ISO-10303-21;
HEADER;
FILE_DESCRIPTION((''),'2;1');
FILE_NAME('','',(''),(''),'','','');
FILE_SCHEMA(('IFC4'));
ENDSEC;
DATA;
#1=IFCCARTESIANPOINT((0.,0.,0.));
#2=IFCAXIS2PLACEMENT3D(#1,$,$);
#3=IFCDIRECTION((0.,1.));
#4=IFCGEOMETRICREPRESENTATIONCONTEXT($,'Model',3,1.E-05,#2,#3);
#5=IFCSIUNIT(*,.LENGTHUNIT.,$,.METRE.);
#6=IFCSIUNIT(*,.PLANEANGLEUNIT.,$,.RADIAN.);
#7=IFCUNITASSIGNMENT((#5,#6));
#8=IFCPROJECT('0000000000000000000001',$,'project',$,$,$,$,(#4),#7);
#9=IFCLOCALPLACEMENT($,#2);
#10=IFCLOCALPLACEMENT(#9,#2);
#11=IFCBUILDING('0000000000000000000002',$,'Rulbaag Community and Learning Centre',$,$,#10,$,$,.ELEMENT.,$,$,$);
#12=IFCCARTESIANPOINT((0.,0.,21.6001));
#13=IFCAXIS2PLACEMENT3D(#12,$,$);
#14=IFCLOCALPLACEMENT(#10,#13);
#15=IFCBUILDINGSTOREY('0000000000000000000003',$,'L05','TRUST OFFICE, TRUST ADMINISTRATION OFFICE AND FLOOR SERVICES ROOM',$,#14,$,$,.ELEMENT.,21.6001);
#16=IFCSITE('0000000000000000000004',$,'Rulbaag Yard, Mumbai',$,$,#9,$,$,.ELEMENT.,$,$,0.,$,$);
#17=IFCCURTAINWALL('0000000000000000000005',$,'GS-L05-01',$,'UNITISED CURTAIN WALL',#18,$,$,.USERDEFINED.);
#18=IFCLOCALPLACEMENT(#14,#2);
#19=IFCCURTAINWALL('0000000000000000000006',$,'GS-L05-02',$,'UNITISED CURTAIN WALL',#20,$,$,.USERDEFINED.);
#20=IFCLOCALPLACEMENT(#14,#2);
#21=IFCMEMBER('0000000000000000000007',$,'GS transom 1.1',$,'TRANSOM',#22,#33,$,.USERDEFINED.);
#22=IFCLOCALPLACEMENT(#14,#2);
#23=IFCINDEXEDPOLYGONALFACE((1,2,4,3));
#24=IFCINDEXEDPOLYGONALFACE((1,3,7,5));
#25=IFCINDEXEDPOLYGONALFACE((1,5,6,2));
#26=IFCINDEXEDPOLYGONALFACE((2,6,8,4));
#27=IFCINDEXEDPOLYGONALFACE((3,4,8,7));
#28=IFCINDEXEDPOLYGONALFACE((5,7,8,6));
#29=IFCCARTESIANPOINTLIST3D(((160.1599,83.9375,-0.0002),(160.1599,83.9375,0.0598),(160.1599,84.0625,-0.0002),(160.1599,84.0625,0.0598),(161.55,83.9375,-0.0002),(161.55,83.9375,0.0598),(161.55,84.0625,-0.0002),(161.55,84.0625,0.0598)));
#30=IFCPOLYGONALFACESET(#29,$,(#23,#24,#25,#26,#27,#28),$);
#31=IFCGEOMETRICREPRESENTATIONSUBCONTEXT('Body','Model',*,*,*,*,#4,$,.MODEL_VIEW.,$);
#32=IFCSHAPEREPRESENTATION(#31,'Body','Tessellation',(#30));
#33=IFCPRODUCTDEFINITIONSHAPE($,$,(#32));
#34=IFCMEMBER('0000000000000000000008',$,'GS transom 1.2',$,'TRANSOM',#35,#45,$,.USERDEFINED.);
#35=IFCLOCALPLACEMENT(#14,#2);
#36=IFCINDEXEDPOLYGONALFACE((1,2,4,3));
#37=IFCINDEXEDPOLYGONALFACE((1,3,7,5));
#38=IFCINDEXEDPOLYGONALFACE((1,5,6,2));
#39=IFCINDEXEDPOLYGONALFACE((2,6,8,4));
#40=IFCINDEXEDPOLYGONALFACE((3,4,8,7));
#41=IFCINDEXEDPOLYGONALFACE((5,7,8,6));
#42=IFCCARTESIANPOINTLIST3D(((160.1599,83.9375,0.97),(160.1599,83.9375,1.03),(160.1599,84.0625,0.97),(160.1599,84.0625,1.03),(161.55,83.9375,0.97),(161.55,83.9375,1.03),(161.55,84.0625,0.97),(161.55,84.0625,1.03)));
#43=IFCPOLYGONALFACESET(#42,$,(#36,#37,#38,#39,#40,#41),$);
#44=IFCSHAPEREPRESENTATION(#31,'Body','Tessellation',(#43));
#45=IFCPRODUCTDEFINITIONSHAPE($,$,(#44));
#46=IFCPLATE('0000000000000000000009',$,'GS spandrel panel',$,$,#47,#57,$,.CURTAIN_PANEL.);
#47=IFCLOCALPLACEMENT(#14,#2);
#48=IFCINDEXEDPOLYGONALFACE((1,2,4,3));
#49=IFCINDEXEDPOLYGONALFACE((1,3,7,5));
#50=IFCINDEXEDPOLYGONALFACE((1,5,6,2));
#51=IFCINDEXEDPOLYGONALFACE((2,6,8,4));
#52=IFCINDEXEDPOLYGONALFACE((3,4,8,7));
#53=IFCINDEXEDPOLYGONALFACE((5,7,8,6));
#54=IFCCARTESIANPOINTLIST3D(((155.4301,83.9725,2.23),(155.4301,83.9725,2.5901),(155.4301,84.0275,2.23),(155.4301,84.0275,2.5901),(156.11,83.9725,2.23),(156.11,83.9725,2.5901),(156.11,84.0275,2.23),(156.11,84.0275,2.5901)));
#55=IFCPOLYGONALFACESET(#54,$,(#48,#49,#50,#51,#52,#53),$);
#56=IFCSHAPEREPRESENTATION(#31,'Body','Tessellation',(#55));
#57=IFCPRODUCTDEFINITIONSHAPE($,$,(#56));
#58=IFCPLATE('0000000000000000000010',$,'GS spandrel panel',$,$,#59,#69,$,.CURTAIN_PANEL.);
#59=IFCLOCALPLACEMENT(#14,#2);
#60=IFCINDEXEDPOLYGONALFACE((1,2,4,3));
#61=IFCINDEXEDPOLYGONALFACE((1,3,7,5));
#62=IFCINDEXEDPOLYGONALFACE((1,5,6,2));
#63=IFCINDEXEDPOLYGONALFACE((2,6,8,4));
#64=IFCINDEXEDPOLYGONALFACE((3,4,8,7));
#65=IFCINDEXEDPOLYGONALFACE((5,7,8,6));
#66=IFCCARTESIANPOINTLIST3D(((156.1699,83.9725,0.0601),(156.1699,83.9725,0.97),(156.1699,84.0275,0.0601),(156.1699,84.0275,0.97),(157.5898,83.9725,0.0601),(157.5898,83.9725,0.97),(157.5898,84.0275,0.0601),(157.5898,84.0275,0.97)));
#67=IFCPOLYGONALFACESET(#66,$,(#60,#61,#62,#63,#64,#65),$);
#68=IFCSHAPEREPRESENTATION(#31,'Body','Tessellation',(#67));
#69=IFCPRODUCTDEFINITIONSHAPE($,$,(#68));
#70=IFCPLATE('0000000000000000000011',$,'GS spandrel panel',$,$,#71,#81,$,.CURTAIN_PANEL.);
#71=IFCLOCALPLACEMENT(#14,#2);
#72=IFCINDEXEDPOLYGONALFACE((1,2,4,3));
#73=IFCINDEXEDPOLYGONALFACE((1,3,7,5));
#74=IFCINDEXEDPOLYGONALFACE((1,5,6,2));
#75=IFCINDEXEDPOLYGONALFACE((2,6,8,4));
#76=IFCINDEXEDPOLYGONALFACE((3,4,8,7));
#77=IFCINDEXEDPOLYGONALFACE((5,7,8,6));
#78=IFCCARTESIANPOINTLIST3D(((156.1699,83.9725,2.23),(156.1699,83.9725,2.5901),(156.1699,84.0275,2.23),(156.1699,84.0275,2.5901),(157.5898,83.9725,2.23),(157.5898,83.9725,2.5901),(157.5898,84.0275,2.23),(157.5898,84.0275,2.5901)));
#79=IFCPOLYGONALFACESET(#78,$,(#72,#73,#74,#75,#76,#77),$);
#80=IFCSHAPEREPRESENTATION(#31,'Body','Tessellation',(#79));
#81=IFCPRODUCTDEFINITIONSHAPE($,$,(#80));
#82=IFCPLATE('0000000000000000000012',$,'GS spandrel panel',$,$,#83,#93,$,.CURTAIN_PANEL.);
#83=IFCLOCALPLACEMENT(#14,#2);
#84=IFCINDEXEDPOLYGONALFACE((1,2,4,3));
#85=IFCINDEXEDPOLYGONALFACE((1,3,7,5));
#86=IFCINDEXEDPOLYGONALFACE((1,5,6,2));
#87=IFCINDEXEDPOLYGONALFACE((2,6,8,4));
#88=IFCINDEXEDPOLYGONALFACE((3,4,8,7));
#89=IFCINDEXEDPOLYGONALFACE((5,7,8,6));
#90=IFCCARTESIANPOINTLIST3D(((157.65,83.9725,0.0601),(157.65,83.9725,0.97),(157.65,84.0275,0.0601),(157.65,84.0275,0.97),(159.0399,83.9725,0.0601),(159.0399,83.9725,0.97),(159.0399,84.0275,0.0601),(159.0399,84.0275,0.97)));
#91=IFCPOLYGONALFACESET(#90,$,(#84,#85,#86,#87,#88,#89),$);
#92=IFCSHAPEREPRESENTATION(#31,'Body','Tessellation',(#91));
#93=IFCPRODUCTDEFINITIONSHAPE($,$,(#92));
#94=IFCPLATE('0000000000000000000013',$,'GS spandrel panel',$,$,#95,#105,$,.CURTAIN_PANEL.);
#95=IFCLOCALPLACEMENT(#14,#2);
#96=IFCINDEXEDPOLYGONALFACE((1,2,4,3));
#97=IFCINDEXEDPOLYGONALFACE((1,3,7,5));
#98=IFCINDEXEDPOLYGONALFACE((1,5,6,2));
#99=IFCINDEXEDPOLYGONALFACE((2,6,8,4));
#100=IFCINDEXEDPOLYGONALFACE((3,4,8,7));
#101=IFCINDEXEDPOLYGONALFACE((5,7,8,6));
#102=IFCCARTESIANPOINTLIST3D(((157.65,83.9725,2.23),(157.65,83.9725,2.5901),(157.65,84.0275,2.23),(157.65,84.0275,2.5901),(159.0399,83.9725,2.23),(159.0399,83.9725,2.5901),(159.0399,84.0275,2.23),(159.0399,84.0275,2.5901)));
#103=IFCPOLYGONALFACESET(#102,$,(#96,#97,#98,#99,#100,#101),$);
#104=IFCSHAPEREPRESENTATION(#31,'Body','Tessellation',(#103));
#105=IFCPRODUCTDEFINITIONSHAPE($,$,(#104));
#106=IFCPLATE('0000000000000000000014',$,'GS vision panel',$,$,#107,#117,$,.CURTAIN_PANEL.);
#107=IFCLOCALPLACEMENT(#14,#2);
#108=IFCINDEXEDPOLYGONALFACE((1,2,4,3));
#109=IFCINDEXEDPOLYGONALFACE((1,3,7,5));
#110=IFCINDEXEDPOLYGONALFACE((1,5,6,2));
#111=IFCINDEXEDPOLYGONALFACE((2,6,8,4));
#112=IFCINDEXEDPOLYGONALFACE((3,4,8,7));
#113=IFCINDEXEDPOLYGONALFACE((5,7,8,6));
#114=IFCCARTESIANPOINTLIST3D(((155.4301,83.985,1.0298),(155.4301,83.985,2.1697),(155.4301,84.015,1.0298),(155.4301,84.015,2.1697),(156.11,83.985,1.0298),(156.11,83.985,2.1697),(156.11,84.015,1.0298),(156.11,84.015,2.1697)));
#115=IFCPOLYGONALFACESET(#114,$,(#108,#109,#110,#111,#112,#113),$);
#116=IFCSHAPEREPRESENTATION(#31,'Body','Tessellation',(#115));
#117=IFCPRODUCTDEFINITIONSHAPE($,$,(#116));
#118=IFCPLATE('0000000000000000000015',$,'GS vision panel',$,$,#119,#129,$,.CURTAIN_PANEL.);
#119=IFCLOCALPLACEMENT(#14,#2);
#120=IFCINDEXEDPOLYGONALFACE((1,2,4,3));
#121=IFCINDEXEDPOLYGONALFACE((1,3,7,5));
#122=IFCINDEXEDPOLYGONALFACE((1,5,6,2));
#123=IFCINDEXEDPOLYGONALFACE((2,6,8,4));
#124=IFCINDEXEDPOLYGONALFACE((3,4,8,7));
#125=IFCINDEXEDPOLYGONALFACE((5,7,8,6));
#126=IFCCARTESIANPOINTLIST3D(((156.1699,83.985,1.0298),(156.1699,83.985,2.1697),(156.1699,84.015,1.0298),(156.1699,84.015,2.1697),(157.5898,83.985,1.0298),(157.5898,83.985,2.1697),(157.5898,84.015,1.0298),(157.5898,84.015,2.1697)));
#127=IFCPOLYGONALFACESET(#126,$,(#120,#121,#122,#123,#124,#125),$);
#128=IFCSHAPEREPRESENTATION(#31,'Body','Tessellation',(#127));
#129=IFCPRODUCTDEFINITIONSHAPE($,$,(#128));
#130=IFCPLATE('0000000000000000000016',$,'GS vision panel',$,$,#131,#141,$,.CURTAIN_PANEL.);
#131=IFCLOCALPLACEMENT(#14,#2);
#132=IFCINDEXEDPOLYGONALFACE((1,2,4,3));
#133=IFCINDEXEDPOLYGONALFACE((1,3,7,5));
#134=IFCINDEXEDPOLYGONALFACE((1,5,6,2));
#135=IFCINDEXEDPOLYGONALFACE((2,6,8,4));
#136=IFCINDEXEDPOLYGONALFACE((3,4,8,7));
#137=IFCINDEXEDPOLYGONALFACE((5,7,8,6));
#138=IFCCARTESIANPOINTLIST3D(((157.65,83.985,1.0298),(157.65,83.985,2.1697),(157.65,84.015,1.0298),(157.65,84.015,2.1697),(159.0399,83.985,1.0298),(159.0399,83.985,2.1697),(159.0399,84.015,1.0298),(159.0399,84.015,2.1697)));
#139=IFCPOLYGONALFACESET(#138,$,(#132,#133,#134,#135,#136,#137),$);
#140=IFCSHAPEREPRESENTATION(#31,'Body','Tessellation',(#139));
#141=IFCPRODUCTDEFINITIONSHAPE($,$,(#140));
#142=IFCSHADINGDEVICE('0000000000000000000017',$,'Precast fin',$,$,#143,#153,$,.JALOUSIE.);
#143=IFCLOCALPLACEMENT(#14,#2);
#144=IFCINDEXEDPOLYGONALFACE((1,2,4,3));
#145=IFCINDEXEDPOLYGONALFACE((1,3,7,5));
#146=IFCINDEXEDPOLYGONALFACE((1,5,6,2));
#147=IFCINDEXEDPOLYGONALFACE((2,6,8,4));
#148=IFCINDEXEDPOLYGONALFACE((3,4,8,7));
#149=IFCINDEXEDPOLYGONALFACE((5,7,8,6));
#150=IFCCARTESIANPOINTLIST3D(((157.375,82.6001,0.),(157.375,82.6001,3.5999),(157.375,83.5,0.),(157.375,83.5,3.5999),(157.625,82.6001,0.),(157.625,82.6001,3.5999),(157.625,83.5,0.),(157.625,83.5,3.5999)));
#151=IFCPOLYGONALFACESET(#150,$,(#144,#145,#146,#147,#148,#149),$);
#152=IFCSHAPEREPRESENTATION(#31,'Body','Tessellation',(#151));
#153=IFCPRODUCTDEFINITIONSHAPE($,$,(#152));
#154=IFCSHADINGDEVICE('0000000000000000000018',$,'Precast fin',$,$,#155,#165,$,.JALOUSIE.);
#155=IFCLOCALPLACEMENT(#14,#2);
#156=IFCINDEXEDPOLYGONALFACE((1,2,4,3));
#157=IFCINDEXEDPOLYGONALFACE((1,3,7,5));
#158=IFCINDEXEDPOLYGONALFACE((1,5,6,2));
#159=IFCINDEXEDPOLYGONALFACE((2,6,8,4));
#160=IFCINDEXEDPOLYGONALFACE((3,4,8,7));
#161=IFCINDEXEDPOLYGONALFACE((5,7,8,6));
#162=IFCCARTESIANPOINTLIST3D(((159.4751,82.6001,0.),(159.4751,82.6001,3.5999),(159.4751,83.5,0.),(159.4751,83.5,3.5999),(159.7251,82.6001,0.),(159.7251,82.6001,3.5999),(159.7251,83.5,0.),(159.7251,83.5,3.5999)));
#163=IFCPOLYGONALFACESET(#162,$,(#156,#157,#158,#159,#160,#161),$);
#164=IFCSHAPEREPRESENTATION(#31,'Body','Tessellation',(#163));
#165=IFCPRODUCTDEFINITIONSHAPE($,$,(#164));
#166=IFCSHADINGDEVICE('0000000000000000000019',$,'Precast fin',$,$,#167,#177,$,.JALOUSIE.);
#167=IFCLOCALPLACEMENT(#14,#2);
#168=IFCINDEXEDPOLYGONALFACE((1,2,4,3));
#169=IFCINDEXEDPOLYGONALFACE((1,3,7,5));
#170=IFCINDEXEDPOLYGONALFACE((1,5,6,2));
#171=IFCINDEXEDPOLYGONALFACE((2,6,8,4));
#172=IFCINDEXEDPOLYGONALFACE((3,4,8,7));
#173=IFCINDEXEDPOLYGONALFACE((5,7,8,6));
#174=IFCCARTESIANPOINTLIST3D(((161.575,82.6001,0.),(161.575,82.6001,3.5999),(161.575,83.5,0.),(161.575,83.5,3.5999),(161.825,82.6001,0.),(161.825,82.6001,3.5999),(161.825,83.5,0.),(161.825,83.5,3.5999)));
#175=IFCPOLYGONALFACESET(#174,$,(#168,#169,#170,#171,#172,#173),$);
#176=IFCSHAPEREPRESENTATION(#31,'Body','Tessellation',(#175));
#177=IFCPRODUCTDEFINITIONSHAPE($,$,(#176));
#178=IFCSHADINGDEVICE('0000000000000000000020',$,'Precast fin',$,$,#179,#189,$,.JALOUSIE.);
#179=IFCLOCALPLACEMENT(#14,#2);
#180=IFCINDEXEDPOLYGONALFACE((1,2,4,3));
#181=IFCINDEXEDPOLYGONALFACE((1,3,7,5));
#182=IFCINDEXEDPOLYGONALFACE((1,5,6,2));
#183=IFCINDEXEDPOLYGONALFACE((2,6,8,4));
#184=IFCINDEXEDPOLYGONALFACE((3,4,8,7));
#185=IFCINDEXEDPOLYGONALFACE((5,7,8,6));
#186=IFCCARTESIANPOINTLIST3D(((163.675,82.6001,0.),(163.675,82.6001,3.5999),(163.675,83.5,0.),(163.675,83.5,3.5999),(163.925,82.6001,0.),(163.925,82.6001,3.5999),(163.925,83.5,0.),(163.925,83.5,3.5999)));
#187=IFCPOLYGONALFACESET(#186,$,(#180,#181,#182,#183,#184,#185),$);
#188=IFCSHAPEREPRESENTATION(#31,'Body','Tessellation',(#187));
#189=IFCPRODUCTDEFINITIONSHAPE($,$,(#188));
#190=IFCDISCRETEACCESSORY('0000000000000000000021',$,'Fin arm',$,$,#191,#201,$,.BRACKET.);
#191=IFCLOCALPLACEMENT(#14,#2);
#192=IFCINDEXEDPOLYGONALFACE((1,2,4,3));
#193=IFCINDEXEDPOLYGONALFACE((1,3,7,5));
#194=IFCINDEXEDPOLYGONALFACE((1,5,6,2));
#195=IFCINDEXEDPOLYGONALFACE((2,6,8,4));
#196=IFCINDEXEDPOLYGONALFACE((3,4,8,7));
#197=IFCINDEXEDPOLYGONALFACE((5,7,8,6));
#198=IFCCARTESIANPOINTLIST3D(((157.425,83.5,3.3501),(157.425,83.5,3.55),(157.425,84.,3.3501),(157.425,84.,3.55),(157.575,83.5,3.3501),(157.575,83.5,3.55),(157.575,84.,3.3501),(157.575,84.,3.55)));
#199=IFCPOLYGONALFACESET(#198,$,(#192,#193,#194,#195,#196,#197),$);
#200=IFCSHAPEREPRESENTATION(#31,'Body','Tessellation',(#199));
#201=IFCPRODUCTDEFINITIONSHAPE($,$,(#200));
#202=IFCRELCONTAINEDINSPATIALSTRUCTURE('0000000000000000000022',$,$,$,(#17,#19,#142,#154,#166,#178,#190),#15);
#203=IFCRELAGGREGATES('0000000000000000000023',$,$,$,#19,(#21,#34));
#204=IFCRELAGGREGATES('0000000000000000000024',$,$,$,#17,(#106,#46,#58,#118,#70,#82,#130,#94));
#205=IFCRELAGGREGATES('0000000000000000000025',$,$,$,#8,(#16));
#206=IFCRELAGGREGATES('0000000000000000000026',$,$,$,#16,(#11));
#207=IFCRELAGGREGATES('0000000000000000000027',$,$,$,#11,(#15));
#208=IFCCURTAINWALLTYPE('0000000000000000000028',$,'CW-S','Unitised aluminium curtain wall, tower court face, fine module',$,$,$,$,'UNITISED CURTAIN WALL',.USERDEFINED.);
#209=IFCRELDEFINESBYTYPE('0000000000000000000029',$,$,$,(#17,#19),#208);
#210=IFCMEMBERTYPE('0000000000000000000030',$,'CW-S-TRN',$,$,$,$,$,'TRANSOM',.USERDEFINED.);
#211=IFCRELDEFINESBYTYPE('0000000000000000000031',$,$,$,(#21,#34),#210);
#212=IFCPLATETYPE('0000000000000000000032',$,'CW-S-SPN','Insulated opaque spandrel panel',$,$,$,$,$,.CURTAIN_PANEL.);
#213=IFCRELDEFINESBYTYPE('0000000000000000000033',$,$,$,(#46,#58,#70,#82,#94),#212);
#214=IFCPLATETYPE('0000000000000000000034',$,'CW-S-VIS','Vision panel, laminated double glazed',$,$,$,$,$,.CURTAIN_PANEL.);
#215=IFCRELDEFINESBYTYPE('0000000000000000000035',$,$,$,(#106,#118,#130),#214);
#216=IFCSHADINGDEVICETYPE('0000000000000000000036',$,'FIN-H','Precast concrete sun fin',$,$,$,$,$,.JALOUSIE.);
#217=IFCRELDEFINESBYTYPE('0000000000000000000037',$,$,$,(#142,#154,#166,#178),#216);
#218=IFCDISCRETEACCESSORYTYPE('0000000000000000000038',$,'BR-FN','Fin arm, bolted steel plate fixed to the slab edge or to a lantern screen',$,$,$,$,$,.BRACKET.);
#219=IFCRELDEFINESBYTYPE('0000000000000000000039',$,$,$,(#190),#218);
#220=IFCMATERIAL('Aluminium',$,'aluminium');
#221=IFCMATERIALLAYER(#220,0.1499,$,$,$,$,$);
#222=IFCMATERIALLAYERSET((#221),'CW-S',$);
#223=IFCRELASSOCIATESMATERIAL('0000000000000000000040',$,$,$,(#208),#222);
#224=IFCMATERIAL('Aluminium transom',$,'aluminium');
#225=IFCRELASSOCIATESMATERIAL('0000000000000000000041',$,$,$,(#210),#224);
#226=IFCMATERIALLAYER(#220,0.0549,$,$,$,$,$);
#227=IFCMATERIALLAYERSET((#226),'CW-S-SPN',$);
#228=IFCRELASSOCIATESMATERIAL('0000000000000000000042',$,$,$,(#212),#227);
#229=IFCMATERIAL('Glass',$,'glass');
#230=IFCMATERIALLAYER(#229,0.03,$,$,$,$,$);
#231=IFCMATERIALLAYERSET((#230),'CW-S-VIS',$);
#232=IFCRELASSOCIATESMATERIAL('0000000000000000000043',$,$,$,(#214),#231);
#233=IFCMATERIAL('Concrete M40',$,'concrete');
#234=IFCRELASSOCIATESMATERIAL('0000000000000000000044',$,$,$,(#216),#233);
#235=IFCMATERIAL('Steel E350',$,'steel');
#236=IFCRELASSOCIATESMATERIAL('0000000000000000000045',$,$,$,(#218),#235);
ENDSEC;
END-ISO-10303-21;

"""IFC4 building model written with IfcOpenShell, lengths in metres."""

from ifc_helpers import new_model, si_unit, direction, frame, origin, origin_2d, place, context, subcontext, project, spatial, rectangle, extrude, material, layer, layer_set, material_profile, profile_set, type_object, element, aggregate, save


model = new_model("IFC4")

# Units and contexts
model_context = context("Model", 3, precision=1e-05, world=origin(), true_north=direction((0.0, 1.0)))
body_context = subcontext(model_context, "Body", "Model", "MODEL_VIEW")
ifc_project = project(units=[si_unit("LENGTHUNIT", "METRE"), si_unit("PLANEANGLEUNIT", "RADIAN")], contexts=[model_context])

# Site, building, storey
site_placement = place(None, origin())
site = spatial("IfcSite", under=ifc_project, at=site_placement, Name="Rulbaag Yard, Mumbai", CompositionType="ELEMENT", RefElevation=0.0)
building_placement = place(site_placement, origin())
building = spatial("IfcBuilding", under=site, at=building_placement, Name="Rulbaag Community and Learning Centre", CompositionType="ELEMENT")
storey_placement = place(building_placement, frame((0.0, 0.0, 21.6001)))
storey = spatial("IfcBuildingStorey", under=building, at=storey_placement, Name="L05", Description="TRUST OFFICE, TRUST ADMINISTRATION OFFICE AND FLOOR SERVICES ROOM", CompositionType="ELEMENT", Elevation=21.6001)

# Shared definitions
ifc_material_1 = material(Name="Concrete M40", Category="concrete")

# Curtain wall
ifc_material_2 = material(Name="Aluminium", Category="aluminium")
ifc_layer_1 = layer(ifc_material_2, 0.1499)
ifc_layer_set_1 = layer_set([ifc_layer_1], Name="CW-S")
curtain_wall_type = type_object("IfcCurtainWallType", Name="CW-S", Description="Unitised aluminium curtain wall, tower court face, fine module", ElementType="UNITISED CURTAIN WALL", PredefinedType="USERDEFINED", material=ifc_layer_set_1)
curtain_wall_1_placement = place(storey_placement, origin())
curtain_wall_1 = element("IfcCurtainWall", 1, at=curtain_wall_1_placement, inside=storey, type_object=curtain_wall_type, Name="GS-L05-01", ObjectType="UNITISED CURTAIN WALL", PredefinedType="USERDEFINED")

# Curtain wall
curtain_wall_2_placement = place(storey_placement, origin())
curtain_wall_2 = element("IfcCurtainWall", 2, at=curtain_wall_2_placement, inside=storey, type_object=curtain_wall_type, Name="GS-L05-02", ObjectType="UNITISED CURTAIN WALL", PredefinedType="USERDEFINED")

# Members
ifc_material_3 = material(Name="Aluminium transom", Category="aluminium")
ifc_material_profile_1 = material_profile(ifc_material_3, rectangle(XDim=0.125, YDim=0.0601, at=origin_2d()), Name="AL 60x125 T")
ifc_profile_set_1 = profile_set([ifc_material_profile_1], Name="Aluminium transom")
member_type_1 = type_object("IfcMemberType", Name="CW-S-TRN", ElementType="TRANSOM", PredefinedType="USERDEFINED", material=ifc_profile_set_1)
member_1_placement = place(storey_placement, frame((160.1599, 84.0, 0.0298), z_axis=(1.0, 0.0, 0.0), x_axis=(0.0, 1.0, 0.0)))
member_1 = element("IfcMember", 3, at=member_1_placement, type_object=member_type_1, Name="GS transom 1.1", ObjectType="TRANSOM", PredefinedType="USERDEFINED", context=body_context, shape_type="SweptSolid", body=[
    extrude(rectangle(XDim=0.125, YDim=0.0601, at=origin_2d()), origin(), (0.0, 0.0, 1.0), 1.3901),
])
member_2_placement = place(storey_placement, frame((160.1599, 84.0, 1.0), z_axis=(1.0, 0.0, 0.0), x_axis=(0.0, 1.0, 0.0)))
member_2 = element("IfcMember", 4, at=member_2_placement, type_object=member_type_1, Name="GS transom 1.2", ObjectType="TRANSOM", PredefinedType="USERDEFINED", context=body_context, shape_type="SweptSolid", body=[
    extrude(rectangle(XDim=0.125, YDim=0.0601, at=origin_2d()), origin(), (0.0, 0.0, 1.0), 1.3901),
])
aggregate(curtain_wall_2, [member_1, member_2])

# Plates
ifc_layer_2 = layer(ifc_material_2, 0.0549)
ifc_layer_set_2 = layer_set([ifc_layer_2], Name="CW-S-SPN")
plate_type_1 = type_object("IfcPlateType", Name="CW-S-SPN", Description="Insulated opaque spandrel panel", PredefinedType="CURTAIN_PANEL", material=ifc_layer_set_2)
plate_1_placement = place(storey_placement, frame((155.77, 84.0, 2.23), z_axis=(0.0, 0.0, 1.0), x_axis=(1.0, 0.0, 0.0)))
plate_1 = element("IfcPlate", 5, at=plate_1_placement, type_object=plate_type_1, Name="GS spandrel panel", PredefinedType="CURTAIN_PANEL", context=body_context, shape_type="SweptSolid", body=[
    extrude(rectangle(XDim=0.6799, YDim=0.0549, at=origin_2d()), origin(), (0.0, 0.0, 1.0), 0.3601),
])
plate_2_placement = place(storey_placement, frame((156.8799, 84.0, 0.0601), z_axis=(0.0, 0.0, 1.0), x_axis=(1.0, 0.0, 0.0)))
plate_2 = element("IfcPlate", 6, at=plate_2_placement, type_object=plate_type_1, Name="GS spandrel panel", PredefinedType="CURTAIN_PANEL", context=body_context, shape_type="SweptSolid", body=[
    extrude(rectangle(XDim=1.4199, YDim=0.0549, at=origin_2d()), origin(), (0.0, 0.0, 1.0), 0.9099),
])
plate_3_placement = place(storey_placement, frame((156.8799, 84.0, 2.23), z_axis=(0.0, 0.0, 1.0), x_axis=(1.0, 0.0, 0.0)))
plate_3 = element("IfcPlate", 7, at=plate_3_placement, type_object=plate_type_1, Name="GS spandrel panel", PredefinedType="CURTAIN_PANEL", context=body_context, shape_type="SweptSolid", body=[
    extrude(rectangle(XDim=1.4199, YDim=0.0549, at=origin_2d()), origin(), (0.0, 0.0, 1.0), 0.3601),
])
plate_4_placement = place(storey_placement, frame((158.345, 84.0, 0.0601), z_axis=(0.0, 0.0, 1.0), x_axis=(1.0, 0.0, 0.0)))
plate_4 = element("IfcPlate", 8, at=plate_4_placement, type_object=plate_type_1, Name="GS spandrel panel", PredefinedType="CURTAIN_PANEL", context=body_context, shape_type="SweptSolid", body=[
    extrude(rectangle(XDim=1.3899, YDim=0.0549, at=origin_2d()), origin(), (0.0, 0.0, 1.0), 0.9099),
])
plate_5_placement = place(storey_placement, frame((158.345, 84.0, 2.23), z_axis=(0.0, 0.0, 1.0), x_axis=(1.0, 0.0, 0.0)))
plate_5 = element("IfcPlate", 9, at=plate_5_placement, type_object=plate_type_1, Name="GS spandrel panel", PredefinedType="CURTAIN_PANEL", context=body_context, shape_type="SweptSolid", body=[
    extrude(rectangle(XDim=1.3899, YDim=0.0549, at=origin_2d()), origin(), (0.0, 0.0, 1.0), 0.3601),
])
ifc_material_4 = material(Name="Glass", Category="glass")
ifc_layer_3 = layer(ifc_material_4, 0.03)
ifc_layer_set_3 = layer_set([ifc_layer_3], Name="CW-S-VIS")
plate_type_2 = type_object("IfcPlateType", Name="CW-S-VIS", Description="Vision panel, laminated double glazed", PredefinedType="CURTAIN_PANEL", material=ifc_layer_set_3)
plate_6_placement = place(storey_placement, frame((155.77, 84.0, 1.0298), z_axis=(0.0, 0.0, 1.0), x_axis=(1.0, 0.0, 0.0)))
plate_6 = element("IfcPlate", 10, at=plate_6_placement, type_object=plate_type_2, Name="GS vision panel", PredefinedType="CURTAIN_PANEL", context=body_context, shape_type="SweptSolid", body=[
    extrude(rectangle(XDim=0.6799, YDim=0.03, at=origin_2d()), origin(), (0.0, 0.0, 1.0), 1.1399),
])
plate_7_placement = place(storey_placement, frame((156.8799, 84.0, 1.0298), z_axis=(0.0, 0.0, 1.0), x_axis=(1.0, 0.0, 0.0)))
plate_7 = element("IfcPlate", 11, at=plate_7_placement, type_object=plate_type_2, Name="GS vision panel", PredefinedType="CURTAIN_PANEL", context=body_context, shape_type="SweptSolid", body=[
    extrude(rectangle(XDim=1.4199, YDim=0.03, at=origin_2d()), origin(), (0.0, 0.0, 1.0), 1.1399),
])
plate_8_placement = place(storey_placement, frame((158.345, 84.0, 1.0298), z_axis=(0.0, 0.0, 1.0), x_axis=(1.0, 0.0, 0.0)))
plate_8 = element("IfcPlate", 12, at=plate_8_placement, type_object=plate_type_2, Name="GS vision panel", PredefinedType="CURTAIN_PANEL", context=body_context, shape_type="SweptSolid", body=[
    extrude(rectangle(XDim=1.3899, YDim=0.03, at=origin_2d()), origin(), (0.0, 0.0, 1.0), 1.1399),
])
aggregate(curtain_wall_1, [plate_6, plate_1, plate_2, plate_7, plate_3, plate_4, plate_8, plate_5])

# Shading devices
ifc_material_profile_2 = material_profile(ifc_material_1, rectangle(XDim=0.25, YDim=0.8999, at=origin_2d()), Name="PC 250x900")
ifc_profile_set_2 = profile_set([ifc_material_profile_2], Name="Concrete M40")
shading_device_type = type_object("IfcShadingDeviceType", Name="FIN-H", Description="Precast concrete sun fin", PredefinedType="JALOUSIE", material=ifc_profile_set_2)
for number, where, z_axis, x_axis, name in (
    (13, (157.5, 83.05, 0.0), (0.0, 0.0, 1.0), (1.0, 0.0, 0.0), "Precast fin"),
    (14, (159.6001, 83.05, 0.0), (0.0, 0.0, 1.0), (1.0, 0.0, 0.0), "Precast fin"),
    (15, (161.7, 83.05, 0.0), (0.0, 0.0, 1.0), (1.0, 0.0, 0.0), "Precast fin"),
    (16, (163.8, 83.05, 0.0), (0.0, 0.0, 1.0), (1.0, 0.0, 0.0), "Precast fin"),
):
    element("IfcShadingDevice", number, at=place(storey_placement, frame(where, z_axis=z_axis, x_axis=x_axis)), inside=storey, type_object=shading_device_type, Name=name, PredefinedType="JALOUSIE", context=body_context, shape_type="SweptSolid", body=[
        extrude(rectangle(XDim=0.25, YDim=0.8999, at=origin_2d()), origin(), (0.0, 0.0, 1.0), 3.5999),
    ])

# Discrete accessory
ifc_material_5 = material(Name="Steel E350", Category="steel")
discrete_accessory_type = type_object("IfcDiscreteAccessoryType", Name="BR-FN", Description="Fin arm, bolted steel plate fixed to the slab edge or to a lantern screen", PredefinedType="BRACKET", material=ifc_material_5)
for number, where, z_axis, x_axis, name in (
    (17, (157.5, 83.75, 3.3501), (0.0, 0.0, 1.0), (1.0, 0.0, 0.0), "Fin arm"),
):
    element("IfcDiscreteAccessory", number, at=place(storey_placement, frame(where, z_axis=z_axis, x_axis=x_axis)), inside=storey, type_object=discrete_accessory_type, Name=name, PredefinedType="BRACKET", context=body_context, shape_type="SweptSolid", body=[
        extrude(rectangle(XDim=0.1499, YDim=0.5, at=origin_2d()), origin(), (0.0, 0.0, 1.0), 0.2),
    ])

save(model, "model.ifc")
